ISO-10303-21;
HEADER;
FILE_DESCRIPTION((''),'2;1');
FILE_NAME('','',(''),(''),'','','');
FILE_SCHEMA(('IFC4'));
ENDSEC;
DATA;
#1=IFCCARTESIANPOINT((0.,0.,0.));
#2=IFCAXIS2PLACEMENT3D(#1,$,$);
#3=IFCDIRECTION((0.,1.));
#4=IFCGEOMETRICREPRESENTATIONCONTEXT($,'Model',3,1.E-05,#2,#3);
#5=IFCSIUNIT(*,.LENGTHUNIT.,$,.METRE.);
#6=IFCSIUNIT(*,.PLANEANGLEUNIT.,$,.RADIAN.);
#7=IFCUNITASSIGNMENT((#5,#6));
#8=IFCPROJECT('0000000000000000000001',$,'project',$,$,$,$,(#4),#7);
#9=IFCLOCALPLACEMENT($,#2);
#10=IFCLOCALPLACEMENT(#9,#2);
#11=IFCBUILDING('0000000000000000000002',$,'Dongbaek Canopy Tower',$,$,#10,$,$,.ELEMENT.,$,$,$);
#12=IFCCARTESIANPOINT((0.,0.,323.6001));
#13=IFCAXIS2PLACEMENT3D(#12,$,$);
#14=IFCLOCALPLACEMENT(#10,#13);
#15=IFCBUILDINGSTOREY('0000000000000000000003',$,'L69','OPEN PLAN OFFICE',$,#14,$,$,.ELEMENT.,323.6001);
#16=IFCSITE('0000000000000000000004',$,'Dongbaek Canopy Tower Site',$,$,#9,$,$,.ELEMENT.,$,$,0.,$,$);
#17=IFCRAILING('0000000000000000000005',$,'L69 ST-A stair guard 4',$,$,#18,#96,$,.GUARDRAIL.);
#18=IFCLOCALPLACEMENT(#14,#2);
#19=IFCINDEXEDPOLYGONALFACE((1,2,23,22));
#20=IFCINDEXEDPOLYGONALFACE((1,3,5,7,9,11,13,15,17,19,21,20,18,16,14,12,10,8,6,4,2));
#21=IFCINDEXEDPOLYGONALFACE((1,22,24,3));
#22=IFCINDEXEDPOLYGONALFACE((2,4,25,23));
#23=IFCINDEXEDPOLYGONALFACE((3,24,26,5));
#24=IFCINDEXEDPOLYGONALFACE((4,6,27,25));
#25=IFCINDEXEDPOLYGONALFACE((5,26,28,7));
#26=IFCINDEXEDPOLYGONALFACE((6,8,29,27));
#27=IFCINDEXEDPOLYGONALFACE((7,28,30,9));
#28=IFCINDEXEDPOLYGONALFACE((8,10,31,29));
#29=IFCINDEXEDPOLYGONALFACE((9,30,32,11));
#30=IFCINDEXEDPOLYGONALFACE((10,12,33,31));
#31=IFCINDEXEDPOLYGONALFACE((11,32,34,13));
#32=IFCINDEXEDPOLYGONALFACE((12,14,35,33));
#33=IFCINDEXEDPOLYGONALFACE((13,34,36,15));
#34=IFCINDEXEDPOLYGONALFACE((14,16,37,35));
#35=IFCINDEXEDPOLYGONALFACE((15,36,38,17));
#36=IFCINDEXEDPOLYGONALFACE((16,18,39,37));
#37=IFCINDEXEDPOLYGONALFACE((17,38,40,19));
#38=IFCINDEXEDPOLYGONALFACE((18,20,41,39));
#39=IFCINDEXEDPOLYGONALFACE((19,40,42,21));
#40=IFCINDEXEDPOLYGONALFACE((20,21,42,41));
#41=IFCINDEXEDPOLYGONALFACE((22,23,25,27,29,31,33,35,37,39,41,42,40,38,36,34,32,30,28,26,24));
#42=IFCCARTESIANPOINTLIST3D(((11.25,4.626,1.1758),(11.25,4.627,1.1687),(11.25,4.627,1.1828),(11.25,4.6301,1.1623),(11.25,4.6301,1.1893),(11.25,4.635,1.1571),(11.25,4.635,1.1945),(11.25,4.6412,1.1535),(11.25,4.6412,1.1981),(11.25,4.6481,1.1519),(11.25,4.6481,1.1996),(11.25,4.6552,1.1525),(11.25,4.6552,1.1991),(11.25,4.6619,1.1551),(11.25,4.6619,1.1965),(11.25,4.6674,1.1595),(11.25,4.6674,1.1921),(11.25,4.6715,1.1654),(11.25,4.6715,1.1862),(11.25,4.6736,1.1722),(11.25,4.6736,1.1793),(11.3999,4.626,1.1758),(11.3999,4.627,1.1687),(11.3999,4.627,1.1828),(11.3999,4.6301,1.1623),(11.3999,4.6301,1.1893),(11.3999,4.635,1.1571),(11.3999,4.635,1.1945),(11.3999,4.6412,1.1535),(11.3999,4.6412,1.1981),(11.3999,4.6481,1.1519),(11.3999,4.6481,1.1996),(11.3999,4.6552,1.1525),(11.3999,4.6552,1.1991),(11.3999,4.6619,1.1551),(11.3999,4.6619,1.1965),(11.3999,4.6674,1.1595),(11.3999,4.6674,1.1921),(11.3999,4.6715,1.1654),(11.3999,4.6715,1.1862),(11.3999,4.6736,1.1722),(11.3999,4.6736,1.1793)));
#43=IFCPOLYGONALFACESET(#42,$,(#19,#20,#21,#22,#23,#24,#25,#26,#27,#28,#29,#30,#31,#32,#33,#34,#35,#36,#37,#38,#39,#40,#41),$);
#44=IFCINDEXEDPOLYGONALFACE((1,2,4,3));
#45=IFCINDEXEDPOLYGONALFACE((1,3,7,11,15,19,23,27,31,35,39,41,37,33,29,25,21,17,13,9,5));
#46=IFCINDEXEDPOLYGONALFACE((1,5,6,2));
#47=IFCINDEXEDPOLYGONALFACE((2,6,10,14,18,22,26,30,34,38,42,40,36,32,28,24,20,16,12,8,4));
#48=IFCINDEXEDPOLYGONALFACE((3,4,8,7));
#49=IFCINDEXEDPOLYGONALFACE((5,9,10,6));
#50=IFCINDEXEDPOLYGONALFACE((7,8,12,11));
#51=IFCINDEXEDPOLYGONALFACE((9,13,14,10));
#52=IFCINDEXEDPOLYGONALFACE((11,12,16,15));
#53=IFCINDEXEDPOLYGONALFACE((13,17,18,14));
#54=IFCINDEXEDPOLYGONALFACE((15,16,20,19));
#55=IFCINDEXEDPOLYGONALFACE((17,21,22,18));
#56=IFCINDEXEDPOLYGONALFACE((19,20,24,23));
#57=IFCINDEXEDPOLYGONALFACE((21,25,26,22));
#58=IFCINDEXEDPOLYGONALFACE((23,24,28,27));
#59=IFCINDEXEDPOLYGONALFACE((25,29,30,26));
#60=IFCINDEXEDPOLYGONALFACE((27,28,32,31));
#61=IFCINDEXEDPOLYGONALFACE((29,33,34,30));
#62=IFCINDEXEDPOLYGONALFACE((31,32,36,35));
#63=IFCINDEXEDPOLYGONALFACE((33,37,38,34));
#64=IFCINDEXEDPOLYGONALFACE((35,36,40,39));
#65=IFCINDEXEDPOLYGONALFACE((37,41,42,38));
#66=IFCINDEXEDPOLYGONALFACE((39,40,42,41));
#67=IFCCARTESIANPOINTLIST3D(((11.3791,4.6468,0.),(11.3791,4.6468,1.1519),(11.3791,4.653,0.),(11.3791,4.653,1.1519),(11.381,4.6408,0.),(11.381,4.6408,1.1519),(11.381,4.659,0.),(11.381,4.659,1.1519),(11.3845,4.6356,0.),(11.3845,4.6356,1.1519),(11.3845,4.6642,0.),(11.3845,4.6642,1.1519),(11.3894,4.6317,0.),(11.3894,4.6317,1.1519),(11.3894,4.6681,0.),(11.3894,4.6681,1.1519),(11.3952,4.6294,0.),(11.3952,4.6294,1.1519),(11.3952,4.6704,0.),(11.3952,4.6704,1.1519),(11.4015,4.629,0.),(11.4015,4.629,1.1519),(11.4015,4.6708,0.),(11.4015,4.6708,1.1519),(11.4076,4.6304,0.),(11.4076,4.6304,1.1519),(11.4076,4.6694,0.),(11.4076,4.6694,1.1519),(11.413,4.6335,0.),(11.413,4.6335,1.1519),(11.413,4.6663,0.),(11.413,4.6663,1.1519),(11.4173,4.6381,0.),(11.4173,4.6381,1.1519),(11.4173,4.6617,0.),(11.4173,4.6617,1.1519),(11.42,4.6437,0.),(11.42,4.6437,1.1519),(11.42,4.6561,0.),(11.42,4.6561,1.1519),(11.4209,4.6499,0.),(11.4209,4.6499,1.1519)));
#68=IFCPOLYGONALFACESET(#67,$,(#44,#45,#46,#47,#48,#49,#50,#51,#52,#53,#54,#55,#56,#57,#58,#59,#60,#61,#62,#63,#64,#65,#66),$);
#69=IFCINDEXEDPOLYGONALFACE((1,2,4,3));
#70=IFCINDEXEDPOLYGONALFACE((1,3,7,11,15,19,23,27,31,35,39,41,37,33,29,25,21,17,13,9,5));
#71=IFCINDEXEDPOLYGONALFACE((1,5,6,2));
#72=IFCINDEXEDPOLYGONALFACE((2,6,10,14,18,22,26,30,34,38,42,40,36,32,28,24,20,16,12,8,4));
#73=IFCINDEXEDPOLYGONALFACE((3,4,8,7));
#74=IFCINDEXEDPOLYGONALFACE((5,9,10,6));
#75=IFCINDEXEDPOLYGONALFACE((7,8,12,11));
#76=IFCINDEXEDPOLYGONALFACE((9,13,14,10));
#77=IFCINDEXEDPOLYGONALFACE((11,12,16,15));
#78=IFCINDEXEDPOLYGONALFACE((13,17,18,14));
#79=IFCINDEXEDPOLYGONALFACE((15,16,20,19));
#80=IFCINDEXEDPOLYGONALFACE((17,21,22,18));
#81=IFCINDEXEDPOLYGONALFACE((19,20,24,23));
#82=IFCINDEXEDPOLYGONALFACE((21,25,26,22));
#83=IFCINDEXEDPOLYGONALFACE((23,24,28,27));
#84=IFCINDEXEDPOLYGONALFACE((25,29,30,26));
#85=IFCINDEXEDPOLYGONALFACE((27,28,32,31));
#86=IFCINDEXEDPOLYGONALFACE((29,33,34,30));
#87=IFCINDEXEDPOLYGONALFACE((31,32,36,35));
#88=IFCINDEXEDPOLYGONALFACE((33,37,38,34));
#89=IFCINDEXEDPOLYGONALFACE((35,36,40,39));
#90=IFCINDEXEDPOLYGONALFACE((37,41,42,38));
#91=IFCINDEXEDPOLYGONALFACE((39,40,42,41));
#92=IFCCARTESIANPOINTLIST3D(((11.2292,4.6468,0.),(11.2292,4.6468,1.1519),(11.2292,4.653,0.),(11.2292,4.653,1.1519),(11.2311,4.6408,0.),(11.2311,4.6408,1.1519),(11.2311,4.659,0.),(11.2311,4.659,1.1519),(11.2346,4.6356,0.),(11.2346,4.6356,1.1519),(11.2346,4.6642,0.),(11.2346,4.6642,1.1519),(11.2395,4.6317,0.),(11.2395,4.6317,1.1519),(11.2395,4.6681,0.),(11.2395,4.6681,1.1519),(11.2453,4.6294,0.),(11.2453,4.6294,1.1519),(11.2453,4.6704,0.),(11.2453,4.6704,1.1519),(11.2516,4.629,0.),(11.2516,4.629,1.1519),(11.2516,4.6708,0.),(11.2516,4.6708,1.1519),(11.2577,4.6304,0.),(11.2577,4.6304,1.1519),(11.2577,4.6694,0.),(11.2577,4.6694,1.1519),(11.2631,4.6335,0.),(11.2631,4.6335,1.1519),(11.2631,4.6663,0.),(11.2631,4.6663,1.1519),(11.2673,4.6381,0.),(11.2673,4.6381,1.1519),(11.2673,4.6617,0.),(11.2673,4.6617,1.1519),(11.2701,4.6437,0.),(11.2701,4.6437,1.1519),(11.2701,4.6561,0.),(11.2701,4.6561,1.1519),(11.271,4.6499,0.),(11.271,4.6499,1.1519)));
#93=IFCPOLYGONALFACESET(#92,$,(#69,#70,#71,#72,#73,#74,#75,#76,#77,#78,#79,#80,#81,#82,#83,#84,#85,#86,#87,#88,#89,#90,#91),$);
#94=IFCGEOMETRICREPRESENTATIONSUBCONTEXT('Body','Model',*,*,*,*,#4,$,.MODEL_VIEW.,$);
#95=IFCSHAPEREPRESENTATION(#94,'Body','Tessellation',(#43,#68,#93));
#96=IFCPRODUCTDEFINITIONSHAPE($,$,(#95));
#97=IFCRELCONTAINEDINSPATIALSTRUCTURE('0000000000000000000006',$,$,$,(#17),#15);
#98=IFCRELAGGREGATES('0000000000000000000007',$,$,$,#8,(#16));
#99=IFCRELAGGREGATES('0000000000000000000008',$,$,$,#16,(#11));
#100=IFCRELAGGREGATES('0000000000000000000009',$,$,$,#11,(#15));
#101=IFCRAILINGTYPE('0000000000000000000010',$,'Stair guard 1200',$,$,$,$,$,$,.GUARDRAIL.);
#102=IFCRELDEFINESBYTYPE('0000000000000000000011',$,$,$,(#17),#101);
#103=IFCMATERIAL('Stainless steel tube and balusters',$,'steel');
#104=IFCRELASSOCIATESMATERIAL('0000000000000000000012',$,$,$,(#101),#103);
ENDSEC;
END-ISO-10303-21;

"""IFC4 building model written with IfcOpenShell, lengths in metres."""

from ifc_helpers import new_model, si_unit, direction, frame, origin, origin_2d, place, context, subcontext, project, spatial, circle, extrude, material, type_object, element, save


model = new_model("IFC4")

# Units and contexts
model_context = context("Model", 3, precision=1e-05, world=origin(), true_north=direction((0.0, 1.0)))
body_context = subcontext(model_context, "Body", "Model", "MODEL_VIEW")
ifc_project = project(units=[si_unit("LENGTHUNIT", "METRE"), si_unit("PLANEANGLEUNIT", "RADIAN")], contexts=[model_context])

# Site, building, storey
site_placement = place(None, origin())
site = spatial("IfcSite", under=ifc_project, at=site_placement, Name="Dongbaek Canopy Tower Site", CompositionType="ELEMENT", RefElevation=0.0)
building_placement = place(site_placement, origin())
building = spatial("IfcBuilding", under=site, at=building_placement, Name="Dongbaek Canopy Tower", CompositionType="ELEMENT")
storey_placement = place(building_placement, frame((0.0, 0.0, 323.6001)))
storey = spatial("IfcBuildingStorey", under=building, at=storey_placement, Name="L69", Description="OPEN PLAN OFFICE", CompositionType="ELEMENT", Elevation=323.6001)

# Railing
ifc_material_1 = material(Name="Stainless steel tube and balusters", Category="steel")
railing_type_1 = type_object("IfcRailingType", Name="Stair guard 1200", PredefinedType="GUARDRAIL", material=ifc_material_1)
railing_1_placement = place(storey_placement, frame((11.3999, 4.6499, 0.0)))
element("IfcRailing", 1, at=railing_1_placement, inside=storey, type_object=railing_type_1, Name="L69 ST-A stair guard 4", PredefinedType="GUARDRAIL", context=body_context, shape_type="SweptSolid", body=[
    extrude(circle(Radius=0.0239, at=origin_2d()), frame((0.0, 0.0, 1.1758), z_axis=(-1.0, 0.0, 0.0), x_axis=(0.0, -1.0, 0.0)), (0.0, 0.0, 1.0), 0.1499),
    extrude(circle(Radius=0.021, at=origin_2d()), origin(), (0.0, 0.0, 1.0), 1.1519),
    extrude(circle(Radius=0.021, at=origin_2d()), frame((-0.1499, 0.0, 0.0)), (0.0, 0.0, 1.0), 1.1519),
])

save(model, "model.ifc")
